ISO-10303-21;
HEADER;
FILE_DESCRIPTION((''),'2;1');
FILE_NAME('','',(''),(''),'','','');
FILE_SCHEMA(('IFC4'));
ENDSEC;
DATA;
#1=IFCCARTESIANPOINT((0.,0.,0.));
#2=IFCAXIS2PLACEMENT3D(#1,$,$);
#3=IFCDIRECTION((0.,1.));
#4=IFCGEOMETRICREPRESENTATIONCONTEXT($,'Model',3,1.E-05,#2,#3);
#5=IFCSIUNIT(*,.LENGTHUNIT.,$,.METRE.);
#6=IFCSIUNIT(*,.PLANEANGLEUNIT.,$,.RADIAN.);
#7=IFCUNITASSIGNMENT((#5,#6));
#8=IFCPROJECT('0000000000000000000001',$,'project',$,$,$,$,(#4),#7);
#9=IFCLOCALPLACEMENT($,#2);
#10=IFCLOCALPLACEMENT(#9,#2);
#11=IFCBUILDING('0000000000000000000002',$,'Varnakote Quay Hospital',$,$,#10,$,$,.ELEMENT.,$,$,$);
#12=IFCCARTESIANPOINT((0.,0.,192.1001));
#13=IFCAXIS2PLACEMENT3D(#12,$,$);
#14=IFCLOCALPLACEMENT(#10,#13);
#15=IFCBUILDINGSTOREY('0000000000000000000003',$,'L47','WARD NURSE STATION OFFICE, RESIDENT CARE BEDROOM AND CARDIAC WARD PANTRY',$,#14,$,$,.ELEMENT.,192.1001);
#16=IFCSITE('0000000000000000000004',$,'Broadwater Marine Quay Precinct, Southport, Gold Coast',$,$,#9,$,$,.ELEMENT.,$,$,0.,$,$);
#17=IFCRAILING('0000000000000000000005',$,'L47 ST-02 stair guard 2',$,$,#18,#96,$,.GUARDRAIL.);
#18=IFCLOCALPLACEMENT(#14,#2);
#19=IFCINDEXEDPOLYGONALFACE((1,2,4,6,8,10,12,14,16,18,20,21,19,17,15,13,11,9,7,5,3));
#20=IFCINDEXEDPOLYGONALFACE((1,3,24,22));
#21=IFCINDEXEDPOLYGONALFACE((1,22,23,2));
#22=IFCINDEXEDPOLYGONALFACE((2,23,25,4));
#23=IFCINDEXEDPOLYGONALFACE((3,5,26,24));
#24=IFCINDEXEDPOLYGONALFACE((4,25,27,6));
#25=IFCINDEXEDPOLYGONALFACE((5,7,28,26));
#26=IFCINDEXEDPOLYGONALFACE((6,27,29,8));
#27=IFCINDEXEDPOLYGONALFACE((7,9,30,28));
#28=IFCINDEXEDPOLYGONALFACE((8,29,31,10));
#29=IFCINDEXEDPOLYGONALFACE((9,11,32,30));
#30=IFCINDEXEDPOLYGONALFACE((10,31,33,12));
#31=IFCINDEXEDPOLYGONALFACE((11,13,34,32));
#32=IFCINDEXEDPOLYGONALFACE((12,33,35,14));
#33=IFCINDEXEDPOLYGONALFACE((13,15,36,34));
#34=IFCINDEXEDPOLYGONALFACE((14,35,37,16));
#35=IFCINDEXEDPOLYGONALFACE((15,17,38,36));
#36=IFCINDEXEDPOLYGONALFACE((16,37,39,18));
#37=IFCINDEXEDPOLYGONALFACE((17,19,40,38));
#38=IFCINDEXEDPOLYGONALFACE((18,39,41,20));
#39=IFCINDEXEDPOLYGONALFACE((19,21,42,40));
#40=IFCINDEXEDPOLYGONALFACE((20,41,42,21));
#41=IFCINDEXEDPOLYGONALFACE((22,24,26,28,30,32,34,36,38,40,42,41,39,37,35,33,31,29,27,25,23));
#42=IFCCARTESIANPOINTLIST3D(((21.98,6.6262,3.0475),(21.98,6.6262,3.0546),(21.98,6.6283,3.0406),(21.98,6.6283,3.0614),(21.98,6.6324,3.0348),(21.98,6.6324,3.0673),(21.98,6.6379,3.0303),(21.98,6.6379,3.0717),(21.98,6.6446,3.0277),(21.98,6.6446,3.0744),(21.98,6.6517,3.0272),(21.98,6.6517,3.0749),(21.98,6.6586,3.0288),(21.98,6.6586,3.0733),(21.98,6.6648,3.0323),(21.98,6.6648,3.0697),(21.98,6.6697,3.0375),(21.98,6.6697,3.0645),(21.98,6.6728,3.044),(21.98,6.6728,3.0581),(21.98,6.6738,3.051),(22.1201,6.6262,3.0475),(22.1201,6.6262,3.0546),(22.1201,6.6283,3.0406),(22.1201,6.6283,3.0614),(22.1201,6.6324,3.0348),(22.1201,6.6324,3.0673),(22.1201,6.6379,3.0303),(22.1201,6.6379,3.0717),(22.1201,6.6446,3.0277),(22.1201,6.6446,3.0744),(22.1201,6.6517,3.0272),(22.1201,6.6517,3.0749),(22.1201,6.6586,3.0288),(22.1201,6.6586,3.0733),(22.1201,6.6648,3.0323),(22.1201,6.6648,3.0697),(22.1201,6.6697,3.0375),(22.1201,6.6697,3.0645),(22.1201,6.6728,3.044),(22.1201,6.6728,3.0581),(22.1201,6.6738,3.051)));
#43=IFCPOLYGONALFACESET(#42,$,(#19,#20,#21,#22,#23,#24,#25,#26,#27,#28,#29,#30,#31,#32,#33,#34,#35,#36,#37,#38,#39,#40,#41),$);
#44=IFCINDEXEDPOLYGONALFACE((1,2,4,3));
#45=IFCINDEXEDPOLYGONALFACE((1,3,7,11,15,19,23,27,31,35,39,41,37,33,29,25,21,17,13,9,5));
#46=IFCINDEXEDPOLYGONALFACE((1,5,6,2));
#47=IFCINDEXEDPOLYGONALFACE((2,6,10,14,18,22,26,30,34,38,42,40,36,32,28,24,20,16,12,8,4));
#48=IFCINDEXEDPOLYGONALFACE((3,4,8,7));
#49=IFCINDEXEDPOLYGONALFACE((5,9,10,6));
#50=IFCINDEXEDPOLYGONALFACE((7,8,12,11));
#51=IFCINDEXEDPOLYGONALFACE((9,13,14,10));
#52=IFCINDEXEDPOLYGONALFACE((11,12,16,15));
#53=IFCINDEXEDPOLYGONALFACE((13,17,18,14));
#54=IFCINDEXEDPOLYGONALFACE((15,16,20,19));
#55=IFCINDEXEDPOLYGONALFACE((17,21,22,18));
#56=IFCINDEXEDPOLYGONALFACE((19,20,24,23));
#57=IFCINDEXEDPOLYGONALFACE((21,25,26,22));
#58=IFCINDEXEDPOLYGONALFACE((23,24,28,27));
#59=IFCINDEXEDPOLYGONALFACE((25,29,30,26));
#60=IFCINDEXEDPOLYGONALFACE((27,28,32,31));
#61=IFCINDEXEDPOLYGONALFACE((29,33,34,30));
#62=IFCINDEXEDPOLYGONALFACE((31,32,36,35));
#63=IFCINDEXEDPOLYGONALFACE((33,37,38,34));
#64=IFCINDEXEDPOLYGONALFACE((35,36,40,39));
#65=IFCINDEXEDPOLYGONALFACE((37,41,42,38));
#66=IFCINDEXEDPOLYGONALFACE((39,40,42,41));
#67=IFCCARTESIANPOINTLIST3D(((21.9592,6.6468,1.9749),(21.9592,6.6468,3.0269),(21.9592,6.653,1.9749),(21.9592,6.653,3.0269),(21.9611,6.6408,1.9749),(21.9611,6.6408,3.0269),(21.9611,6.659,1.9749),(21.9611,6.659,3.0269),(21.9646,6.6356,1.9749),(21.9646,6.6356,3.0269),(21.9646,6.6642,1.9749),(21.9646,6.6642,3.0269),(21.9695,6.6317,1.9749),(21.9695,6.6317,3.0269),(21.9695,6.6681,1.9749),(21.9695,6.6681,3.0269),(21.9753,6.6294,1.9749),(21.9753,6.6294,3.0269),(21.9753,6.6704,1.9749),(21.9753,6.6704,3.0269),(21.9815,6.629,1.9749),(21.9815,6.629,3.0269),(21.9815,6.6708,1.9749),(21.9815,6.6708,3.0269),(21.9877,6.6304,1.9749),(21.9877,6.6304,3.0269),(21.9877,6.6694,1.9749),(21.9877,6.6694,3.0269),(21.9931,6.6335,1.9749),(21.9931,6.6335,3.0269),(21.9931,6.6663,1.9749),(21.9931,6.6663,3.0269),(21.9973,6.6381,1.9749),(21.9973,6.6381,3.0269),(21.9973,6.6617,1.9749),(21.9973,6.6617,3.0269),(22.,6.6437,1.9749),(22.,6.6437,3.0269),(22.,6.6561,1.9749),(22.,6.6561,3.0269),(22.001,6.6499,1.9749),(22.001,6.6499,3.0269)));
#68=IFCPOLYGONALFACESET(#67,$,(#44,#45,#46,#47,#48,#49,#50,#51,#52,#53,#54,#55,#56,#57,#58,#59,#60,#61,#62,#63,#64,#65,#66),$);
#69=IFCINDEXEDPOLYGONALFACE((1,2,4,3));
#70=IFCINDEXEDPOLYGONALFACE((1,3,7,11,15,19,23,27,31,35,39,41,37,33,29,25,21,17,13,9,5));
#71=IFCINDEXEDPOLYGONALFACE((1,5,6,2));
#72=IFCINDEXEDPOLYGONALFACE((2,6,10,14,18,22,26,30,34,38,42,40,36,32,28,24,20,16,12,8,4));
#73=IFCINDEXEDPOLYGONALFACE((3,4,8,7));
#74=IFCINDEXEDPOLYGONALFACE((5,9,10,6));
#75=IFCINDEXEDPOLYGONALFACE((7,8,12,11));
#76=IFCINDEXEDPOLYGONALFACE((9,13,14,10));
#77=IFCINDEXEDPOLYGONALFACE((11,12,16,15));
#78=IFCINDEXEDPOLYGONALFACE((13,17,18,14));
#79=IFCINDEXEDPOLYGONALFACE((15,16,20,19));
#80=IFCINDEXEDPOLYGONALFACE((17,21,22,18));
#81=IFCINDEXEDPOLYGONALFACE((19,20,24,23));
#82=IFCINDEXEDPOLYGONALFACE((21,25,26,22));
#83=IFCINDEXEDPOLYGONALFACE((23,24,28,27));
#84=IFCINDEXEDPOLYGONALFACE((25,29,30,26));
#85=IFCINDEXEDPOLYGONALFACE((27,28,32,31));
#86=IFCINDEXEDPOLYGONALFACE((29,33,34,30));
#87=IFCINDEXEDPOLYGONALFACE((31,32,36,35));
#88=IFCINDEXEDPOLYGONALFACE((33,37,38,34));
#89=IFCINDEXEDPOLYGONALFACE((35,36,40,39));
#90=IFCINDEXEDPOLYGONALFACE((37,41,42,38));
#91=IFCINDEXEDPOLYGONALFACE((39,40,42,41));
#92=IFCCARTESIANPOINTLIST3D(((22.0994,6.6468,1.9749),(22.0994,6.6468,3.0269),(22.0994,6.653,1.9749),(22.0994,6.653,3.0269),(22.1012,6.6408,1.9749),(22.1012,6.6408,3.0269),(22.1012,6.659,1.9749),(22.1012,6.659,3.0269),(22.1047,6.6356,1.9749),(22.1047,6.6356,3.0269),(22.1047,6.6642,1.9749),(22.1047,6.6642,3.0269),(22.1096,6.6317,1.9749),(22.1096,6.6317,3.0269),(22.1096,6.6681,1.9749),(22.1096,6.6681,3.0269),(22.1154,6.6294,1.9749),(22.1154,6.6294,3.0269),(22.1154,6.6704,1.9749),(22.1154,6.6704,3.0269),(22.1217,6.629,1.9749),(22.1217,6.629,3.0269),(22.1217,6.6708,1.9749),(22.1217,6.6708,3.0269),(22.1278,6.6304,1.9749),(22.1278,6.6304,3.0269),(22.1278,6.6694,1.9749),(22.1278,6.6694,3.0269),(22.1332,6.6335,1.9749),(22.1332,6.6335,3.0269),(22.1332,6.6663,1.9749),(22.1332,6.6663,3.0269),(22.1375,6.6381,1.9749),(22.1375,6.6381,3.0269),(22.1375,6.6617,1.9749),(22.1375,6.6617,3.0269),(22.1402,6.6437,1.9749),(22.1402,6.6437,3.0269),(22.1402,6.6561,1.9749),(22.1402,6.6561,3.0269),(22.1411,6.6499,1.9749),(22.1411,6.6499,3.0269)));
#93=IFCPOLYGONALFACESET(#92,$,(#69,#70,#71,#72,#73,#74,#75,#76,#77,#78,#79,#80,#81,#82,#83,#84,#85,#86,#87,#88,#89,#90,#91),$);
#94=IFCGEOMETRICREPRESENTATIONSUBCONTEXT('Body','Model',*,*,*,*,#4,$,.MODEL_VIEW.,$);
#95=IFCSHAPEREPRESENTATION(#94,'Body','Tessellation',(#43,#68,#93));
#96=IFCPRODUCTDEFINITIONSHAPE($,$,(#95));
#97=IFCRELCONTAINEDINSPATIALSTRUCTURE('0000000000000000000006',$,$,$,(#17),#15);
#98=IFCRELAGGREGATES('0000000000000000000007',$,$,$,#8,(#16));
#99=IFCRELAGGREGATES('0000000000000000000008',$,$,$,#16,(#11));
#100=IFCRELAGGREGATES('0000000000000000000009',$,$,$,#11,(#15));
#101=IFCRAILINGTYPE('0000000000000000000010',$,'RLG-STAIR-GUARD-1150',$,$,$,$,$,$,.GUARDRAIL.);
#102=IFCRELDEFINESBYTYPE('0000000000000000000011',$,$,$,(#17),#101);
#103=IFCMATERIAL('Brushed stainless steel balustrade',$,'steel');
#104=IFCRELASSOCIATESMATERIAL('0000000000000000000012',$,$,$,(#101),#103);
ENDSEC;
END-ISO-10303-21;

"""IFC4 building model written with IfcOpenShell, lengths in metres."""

from ifc_helpers import new_model, si_unit, direction, frame, origin, origin_2d, place, context, subcontext, project, spatial, circle, extrude, material, type_object, element, save


model = new_model("IFC4")

# Units and contexts
model_context = context("Model", 3, precision=1e-05, world=origin(), true_north=direction((0.0, 1.0)))
body_context = subcontext(model_context, "Body", "Model", "MODEL_VIEW")
ifc_project = project(units=[si_unit("LENGTHUNIT", "METRE"), si_unit("PLANEANGLEUNIT", "RADIAN")], contexts=[model_context])

# Site, building, storey
site_placement = place(None, origin())
site = spatial("IfcSite", under=ifc_project, at=site_placement, Name="Broadwater Marine Quay Precinct, Southport, Gold Coast", CompositionType="ELEMENT", RefElevation=0.0)
building_placement = place(site_placement, origin())
building = spatial("IfcBuilding", under=site, at=building_placement, Name="Varnakote Quay Hospital", CompositionType="ELEMENT")
storey_placement = place(building_placement, frame((0.0, 0.0, 192.1001)))
storey = spatial("IfcBuildingStorey", under=building, at=storey_placement, Name="L47", Description="WARD NURSE STATION OFFICE, RESIDENT CARE BEDROOM AND CARDIAC WARD PANTRY", CompositionType="ELEMENT", Elevation=192.1001)

# Railing
ifc_material_1 = material(Name="Brushed stainless steel balustrade", Category="steel")
railing_type_1 = type_object("IfcRailingType", Name="RLG-STAIR-GUARD-1150", PredefinedType="GUARDRAIL", material=ifc_material_1)
railing_1_placement = place(storey_placement, frame((21.98, 6.6499, 1.9749)))
element("IfcRailing", 1, at=railing_1_placement, inside=storey, type_object=railing_type_1, Name="L47 ST-02 stair guard 2", PredefinedType="GUARDRAIL", context=body_context, shape_type="SweptSolid", body=[
    extrude(circle(Radius=0.0239, at=origin_2d()), frame((0.0, 0.0, 1.0762), z_axis=(1.0, 0.0, 0.0), x_axis=(0.0, 1.0, 0.0)), (0.0, 0.0, 1.0), 0.1401),
    extrude(circle(Radius=0.021, at=origin_2d()), origin(), (0.0, 0.0, 1.0), 1.052),
    extrude(circle(Radius=0.021, at=origin_2d()), frame((0.1401, 0.0, 0.0)), (0.0, 0.0, 1.0), 1.052),
])

save(model, "model.ifc")
